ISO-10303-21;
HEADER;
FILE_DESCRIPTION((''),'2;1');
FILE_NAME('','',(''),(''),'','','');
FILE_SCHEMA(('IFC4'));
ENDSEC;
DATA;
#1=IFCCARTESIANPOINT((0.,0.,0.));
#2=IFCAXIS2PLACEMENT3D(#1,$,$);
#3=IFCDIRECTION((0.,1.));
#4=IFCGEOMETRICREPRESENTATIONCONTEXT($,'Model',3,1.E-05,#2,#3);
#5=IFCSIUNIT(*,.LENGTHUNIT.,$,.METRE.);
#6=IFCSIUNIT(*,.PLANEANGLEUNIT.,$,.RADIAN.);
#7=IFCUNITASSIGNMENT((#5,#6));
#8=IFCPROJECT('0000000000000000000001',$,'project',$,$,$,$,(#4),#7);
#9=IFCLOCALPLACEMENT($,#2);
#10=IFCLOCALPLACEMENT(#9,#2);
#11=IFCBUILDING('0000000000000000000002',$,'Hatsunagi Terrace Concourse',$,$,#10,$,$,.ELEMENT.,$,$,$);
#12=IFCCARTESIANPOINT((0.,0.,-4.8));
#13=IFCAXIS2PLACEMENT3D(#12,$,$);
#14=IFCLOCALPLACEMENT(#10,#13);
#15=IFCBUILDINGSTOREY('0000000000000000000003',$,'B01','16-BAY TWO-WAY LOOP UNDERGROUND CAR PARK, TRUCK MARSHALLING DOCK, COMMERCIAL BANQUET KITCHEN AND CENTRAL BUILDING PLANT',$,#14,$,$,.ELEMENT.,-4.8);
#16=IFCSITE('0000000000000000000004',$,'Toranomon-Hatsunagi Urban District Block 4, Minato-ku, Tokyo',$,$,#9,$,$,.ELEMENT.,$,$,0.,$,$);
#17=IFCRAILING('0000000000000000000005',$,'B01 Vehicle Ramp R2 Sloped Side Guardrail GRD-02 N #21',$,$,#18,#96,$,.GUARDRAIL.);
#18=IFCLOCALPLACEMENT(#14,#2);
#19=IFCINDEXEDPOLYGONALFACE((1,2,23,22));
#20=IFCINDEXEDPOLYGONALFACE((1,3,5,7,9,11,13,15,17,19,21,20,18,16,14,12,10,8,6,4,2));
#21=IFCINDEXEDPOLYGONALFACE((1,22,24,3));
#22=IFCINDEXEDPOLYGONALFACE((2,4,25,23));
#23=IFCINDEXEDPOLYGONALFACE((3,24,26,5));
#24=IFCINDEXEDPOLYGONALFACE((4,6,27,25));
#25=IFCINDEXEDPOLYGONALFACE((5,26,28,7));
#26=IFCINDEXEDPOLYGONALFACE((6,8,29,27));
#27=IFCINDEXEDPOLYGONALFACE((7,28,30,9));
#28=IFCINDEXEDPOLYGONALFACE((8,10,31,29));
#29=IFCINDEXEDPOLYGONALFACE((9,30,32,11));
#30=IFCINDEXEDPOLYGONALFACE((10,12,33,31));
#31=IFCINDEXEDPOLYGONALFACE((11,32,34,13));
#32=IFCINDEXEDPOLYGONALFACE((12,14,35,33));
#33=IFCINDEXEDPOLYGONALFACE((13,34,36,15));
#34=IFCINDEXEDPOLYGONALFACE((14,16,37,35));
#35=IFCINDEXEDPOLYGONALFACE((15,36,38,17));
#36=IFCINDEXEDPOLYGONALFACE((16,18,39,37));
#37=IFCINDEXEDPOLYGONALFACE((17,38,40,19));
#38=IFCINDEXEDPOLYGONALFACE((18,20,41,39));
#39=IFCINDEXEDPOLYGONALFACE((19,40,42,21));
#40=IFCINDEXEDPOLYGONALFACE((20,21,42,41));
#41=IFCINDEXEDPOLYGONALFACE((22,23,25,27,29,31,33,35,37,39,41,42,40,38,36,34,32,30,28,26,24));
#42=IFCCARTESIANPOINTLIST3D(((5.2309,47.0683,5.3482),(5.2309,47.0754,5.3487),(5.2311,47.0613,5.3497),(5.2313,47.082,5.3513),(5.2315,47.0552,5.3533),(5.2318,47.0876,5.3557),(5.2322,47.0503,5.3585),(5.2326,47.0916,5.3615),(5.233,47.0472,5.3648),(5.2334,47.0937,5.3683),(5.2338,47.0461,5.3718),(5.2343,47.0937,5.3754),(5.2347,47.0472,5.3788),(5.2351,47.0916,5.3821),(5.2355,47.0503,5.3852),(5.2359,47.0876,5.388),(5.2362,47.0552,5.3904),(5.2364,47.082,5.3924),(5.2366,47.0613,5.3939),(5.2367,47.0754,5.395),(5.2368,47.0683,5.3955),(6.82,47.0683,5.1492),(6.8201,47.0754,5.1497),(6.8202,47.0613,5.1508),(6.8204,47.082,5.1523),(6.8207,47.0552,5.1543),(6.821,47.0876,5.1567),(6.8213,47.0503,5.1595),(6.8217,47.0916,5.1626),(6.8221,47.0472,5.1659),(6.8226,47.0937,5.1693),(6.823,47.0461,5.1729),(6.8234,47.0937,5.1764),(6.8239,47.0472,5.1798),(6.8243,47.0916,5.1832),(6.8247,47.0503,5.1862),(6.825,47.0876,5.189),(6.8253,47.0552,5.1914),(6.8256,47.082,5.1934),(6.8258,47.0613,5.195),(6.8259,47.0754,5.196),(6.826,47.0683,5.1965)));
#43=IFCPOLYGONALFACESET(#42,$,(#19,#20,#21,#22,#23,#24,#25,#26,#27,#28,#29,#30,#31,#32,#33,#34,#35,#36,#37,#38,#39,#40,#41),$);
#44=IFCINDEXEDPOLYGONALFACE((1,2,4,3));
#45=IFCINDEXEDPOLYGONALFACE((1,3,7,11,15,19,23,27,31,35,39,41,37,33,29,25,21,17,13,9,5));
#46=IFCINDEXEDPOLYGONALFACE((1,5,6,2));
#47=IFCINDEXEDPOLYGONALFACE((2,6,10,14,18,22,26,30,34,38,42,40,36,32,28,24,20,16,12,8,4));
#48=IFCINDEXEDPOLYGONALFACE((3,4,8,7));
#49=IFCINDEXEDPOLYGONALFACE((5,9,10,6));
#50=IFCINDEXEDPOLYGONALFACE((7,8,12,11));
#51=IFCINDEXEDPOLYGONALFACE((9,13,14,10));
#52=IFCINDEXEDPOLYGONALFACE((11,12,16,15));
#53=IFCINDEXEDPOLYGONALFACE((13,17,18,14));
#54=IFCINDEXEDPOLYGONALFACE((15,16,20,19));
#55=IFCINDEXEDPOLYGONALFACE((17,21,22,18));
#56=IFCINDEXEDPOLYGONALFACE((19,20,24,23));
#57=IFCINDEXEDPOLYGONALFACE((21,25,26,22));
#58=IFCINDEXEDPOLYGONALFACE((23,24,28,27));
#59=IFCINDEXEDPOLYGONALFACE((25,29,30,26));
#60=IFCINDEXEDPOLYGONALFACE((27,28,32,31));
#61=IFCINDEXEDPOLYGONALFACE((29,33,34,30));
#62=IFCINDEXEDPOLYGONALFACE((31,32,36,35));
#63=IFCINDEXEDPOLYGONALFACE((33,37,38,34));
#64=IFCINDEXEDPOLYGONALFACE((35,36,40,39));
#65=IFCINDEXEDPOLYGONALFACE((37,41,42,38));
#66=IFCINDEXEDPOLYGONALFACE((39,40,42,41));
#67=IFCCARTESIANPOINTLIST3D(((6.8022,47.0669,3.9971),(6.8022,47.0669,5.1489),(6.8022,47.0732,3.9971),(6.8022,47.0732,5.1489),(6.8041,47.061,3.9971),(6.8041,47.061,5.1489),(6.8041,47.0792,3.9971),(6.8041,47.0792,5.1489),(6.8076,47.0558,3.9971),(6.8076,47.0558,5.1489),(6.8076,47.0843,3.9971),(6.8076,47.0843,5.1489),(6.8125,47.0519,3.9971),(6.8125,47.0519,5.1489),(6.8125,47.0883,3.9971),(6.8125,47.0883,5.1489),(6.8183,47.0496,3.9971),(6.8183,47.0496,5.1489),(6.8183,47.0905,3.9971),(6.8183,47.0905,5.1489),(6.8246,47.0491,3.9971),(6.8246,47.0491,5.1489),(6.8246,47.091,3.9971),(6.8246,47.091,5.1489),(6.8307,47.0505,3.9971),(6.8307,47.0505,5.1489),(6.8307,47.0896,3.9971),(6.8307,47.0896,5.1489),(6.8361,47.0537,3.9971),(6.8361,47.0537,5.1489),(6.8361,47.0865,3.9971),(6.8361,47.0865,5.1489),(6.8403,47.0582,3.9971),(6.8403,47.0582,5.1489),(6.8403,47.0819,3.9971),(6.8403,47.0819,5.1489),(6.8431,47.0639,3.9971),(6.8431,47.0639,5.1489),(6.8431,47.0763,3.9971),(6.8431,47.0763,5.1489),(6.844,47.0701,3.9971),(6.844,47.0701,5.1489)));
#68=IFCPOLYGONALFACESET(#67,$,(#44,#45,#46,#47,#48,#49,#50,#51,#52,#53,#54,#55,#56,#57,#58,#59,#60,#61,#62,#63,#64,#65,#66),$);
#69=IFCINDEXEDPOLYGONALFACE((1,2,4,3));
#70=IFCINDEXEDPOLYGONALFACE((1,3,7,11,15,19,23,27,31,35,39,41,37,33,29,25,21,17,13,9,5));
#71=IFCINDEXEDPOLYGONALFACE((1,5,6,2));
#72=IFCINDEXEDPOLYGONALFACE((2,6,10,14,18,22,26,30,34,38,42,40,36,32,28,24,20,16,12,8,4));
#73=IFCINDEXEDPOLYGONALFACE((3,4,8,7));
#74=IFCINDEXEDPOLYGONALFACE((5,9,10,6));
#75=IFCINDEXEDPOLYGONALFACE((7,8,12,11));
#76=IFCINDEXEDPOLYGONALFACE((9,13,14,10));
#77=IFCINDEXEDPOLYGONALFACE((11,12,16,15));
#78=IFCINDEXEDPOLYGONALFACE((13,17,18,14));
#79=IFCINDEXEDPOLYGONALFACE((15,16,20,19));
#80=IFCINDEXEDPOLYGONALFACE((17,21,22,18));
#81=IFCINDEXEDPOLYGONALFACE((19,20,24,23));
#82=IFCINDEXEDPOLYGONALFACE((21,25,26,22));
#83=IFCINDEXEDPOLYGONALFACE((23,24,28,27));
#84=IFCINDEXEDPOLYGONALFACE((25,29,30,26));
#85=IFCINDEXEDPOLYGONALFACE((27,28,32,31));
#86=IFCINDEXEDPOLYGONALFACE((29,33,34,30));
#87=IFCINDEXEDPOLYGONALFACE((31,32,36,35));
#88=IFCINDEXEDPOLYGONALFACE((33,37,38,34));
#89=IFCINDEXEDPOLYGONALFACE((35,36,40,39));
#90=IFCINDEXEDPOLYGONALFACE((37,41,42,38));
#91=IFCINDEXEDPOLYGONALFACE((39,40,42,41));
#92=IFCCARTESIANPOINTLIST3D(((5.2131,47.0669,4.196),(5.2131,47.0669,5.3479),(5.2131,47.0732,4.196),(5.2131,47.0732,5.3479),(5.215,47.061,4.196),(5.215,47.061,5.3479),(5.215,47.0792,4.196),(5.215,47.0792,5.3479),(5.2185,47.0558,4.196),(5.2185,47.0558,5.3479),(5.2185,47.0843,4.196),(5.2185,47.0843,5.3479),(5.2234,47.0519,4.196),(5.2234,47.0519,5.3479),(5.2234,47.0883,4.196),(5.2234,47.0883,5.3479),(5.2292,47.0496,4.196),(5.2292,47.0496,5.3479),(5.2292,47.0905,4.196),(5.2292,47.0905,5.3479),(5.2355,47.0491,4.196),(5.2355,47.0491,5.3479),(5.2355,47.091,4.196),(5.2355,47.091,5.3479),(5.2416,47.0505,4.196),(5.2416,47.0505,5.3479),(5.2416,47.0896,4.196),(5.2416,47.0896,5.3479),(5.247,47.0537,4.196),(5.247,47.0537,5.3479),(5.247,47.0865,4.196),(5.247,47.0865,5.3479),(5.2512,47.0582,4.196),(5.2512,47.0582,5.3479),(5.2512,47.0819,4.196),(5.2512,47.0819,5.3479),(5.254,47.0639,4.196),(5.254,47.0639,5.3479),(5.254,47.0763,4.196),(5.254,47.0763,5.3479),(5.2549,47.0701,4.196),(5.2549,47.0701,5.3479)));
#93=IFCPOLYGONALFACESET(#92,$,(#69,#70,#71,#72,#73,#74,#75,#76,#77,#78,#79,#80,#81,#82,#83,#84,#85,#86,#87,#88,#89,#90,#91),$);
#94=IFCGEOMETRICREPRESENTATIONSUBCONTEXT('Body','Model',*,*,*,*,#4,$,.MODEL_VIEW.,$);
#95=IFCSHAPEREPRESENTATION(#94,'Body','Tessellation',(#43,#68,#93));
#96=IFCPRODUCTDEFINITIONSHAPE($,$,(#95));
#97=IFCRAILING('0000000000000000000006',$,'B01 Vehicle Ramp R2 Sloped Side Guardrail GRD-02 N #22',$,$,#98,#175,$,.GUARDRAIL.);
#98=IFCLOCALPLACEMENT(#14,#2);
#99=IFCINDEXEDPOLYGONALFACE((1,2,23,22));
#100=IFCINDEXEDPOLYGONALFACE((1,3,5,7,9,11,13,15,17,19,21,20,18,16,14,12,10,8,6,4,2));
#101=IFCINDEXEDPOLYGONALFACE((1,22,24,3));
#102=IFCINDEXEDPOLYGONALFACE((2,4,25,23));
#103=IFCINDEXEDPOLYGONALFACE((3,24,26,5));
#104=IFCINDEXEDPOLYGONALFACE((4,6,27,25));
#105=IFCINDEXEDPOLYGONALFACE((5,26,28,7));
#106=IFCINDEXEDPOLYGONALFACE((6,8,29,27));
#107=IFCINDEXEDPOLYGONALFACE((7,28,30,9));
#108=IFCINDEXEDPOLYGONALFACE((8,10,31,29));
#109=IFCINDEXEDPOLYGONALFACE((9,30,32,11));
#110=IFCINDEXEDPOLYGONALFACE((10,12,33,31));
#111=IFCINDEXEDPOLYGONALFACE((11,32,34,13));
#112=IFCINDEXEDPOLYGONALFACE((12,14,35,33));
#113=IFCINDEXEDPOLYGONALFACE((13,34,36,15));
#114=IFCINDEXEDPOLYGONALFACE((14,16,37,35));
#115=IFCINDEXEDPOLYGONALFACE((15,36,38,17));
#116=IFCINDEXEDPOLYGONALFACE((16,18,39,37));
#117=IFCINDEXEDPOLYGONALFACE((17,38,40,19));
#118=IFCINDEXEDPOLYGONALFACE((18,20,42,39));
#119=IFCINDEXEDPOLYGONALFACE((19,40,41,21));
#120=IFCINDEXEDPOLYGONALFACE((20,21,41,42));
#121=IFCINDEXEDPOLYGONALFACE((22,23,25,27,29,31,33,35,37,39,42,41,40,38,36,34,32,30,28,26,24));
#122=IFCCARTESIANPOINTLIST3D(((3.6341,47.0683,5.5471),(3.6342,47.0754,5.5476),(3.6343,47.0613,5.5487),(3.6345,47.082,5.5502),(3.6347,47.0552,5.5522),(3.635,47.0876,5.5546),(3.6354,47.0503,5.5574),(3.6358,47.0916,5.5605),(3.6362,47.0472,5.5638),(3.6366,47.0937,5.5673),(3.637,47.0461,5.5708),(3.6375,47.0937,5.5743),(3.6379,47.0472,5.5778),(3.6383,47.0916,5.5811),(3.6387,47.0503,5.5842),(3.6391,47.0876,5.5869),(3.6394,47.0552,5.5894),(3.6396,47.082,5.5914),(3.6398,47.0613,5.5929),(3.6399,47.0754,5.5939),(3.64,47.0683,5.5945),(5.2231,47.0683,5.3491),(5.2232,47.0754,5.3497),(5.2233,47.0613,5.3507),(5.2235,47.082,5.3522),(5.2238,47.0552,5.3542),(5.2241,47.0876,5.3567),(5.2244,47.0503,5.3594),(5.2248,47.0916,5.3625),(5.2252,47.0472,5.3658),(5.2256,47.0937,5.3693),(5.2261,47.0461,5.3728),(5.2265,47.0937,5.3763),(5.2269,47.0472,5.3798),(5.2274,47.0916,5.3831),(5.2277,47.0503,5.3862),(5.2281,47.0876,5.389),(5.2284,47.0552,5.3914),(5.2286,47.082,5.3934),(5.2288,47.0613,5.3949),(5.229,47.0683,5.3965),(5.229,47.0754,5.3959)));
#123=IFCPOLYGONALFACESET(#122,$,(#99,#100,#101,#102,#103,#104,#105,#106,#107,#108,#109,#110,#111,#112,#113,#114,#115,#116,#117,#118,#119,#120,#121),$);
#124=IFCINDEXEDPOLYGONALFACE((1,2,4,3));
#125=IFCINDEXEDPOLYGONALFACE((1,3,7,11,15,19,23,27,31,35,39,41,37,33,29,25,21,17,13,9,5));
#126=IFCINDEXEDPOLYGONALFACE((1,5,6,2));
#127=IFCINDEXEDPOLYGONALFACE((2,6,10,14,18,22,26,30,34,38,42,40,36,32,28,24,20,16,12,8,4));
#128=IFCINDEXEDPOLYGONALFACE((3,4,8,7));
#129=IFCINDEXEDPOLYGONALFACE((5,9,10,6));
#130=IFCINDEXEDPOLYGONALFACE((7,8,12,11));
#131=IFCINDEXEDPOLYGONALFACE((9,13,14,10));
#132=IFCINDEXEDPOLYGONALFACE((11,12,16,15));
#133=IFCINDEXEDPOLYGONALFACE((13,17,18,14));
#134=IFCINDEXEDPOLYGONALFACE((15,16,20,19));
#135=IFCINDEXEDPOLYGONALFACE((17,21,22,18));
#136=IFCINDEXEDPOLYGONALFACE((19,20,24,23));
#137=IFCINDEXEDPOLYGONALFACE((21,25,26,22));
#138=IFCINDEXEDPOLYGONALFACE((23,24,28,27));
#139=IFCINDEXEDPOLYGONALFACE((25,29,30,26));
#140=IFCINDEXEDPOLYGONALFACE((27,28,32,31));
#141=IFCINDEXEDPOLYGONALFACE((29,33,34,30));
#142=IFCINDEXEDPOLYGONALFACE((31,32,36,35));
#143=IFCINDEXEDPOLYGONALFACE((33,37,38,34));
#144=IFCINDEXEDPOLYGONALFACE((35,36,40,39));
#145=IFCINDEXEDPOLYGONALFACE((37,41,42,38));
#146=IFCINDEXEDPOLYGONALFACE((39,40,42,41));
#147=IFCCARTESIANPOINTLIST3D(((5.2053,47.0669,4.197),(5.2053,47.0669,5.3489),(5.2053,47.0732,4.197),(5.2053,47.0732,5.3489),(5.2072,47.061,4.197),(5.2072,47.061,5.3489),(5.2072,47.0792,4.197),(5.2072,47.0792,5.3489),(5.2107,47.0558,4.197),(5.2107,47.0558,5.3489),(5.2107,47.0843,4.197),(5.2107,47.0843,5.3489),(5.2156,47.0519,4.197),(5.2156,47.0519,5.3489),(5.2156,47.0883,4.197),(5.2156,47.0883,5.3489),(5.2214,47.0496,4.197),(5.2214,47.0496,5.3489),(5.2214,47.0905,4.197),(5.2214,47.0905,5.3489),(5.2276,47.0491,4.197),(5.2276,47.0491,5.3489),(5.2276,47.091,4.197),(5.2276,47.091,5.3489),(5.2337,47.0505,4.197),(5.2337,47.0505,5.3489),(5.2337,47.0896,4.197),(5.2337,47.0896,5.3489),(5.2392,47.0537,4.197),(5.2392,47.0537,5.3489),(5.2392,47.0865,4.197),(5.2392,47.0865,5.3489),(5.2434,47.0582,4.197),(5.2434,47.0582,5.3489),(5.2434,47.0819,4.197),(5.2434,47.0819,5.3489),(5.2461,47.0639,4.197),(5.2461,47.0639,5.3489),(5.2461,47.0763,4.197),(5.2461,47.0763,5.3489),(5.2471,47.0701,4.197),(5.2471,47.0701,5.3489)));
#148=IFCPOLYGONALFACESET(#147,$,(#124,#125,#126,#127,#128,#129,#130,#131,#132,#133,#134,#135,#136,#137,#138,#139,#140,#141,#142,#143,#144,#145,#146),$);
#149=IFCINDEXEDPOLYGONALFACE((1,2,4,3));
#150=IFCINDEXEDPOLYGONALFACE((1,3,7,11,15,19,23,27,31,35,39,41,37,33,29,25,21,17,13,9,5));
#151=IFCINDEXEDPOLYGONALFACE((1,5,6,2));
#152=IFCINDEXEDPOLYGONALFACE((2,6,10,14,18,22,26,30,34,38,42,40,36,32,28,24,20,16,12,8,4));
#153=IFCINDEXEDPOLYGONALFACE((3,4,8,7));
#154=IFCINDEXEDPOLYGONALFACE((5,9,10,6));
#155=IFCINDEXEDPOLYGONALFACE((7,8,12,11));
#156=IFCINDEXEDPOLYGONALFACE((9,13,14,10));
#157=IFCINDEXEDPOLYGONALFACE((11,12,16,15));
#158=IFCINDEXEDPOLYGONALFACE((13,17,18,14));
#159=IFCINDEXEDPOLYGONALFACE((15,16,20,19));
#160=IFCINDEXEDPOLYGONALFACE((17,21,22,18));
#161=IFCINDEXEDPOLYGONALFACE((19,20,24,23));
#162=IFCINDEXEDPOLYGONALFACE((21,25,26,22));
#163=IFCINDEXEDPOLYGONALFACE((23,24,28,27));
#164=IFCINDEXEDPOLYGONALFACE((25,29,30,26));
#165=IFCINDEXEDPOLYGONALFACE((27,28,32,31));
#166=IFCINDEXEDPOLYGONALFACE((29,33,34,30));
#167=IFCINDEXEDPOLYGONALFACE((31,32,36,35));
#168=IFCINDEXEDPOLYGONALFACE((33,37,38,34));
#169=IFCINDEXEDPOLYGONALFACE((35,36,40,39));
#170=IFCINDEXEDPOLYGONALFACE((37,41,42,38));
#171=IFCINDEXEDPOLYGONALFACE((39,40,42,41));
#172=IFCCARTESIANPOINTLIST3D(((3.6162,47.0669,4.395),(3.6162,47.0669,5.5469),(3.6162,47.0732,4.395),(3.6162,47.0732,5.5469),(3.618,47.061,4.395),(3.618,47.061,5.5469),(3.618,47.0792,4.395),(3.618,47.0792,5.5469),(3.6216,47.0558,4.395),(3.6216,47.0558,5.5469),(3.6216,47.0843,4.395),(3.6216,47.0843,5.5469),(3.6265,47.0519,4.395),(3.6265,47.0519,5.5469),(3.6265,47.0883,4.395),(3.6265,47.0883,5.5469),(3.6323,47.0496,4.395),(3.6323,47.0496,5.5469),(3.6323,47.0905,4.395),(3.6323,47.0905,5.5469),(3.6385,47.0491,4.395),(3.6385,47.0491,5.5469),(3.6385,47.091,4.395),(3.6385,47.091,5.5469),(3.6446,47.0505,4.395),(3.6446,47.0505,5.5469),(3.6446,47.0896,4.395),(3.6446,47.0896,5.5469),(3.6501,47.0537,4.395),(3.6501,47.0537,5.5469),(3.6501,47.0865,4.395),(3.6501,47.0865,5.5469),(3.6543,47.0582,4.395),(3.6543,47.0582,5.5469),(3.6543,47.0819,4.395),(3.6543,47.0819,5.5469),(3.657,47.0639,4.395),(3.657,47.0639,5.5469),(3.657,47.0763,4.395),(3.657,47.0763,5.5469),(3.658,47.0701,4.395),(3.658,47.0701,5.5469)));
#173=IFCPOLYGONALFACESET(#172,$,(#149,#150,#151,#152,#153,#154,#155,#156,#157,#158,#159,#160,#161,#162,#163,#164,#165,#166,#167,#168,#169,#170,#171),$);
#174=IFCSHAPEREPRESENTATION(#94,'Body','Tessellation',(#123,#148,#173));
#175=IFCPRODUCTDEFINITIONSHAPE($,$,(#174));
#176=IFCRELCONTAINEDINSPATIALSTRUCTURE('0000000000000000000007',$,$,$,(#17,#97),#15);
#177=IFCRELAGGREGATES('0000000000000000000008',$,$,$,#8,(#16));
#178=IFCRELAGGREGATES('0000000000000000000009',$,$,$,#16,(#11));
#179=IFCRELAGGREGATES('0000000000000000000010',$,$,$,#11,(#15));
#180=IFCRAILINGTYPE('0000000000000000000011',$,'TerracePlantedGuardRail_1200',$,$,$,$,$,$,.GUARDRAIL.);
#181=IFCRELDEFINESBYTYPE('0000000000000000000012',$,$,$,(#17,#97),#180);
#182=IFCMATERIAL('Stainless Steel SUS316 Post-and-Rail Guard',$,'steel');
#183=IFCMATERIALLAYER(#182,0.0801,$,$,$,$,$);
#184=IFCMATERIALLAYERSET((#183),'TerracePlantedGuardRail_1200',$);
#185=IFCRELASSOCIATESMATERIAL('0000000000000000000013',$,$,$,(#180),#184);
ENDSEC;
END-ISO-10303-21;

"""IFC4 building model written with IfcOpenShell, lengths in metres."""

from ifc_helpers import new_model, si_unit, direction, frame, origin, origin_2d, place, context, subcontext, project, spatial, circle, extrude, material, layer, layer_set, type_object, element, save


model = new_model("IFC4")

# Units and contexts
model_context = context("Model", 3, precision=1e-05, world=origin(), true_north=direction((0.0, 1.0)))
body_context = subcontext(model_context, "Body", "Model", "MODEL_VIEW")
ifc_project = project(units=[si_unit("LENGTHUNIT", "METRE"), si_unit("PLANEANGLEUNIT", "RADIAN")], contexts=[model_context])

# Site, building, storey
site_placement = place(None, origin())
site = spatial("IfcSite", under=ifc_project, at=site_placement, Name="Toranomon-Hatsunagi Urban District Block 4, Minato-ku, Tokyo", CompositionType="ELEMENT", RefElevation=0.0)
building_placement = place(site_placement, origin())
building = spatial("IfcBuilding", under=site, at=building_placement, Name="Hatsunagi Terrace Concourse", CompositionType="ELEMENT")
storey_placement = place(building_placement, frame((0.0, 0.0, -4.8)))
storey = spatial("IfcBuildingStorey", under=building, at=storey_placement, Name="B01", Description="16-BAY TWO-WAY LOOP UNDERGROUND CAR PARK, TRUCK MARSHALLING DOCK, COMMERCIAL BANQUET KITCHEN AND CENTRAL BUILDING PLANT", CompositionType="ELEMENT", Elevation=-4.8)

# Railings
ifc_material_1 = material(Name="Stainless Steel SUS316 Post-and-Rail Guard", Category="steel")
ifc_layer_1 = layer(ifc_material_1, 0.0801)
ifc_layer_set_1 = layer_set([ifc_layer_1], Name="TerracePlantedGuardRail_1200")
railing_type = type_object("IfcRailingType", Name="TerracePlantedGuardRail_1200", PredefinedType="GUARDRAIL", material=ifc_layer_set_1)
railing_1_placement = place(storey_placement, frame((6.823, 47.0701, 3.9971)))
element("IfcRailing", 1, at=railing_1_placement, inside=storey, type_object=railing_type, Name="B01 Vehicle Ramp R2 Sloped Side Guardrail GRD-02 N #21", PredefinedType="GUARDRAIL", context=body_context, shape_type="SweptSolid", body=[
    extrude(circle(Radius=0.0239, at=origin_2d()), frame((0.0, 0.0, 1.1758), z_axis=(-0.992252, 0.0, 0.124241), x_axis=(0.0, -1.0, 0.0)), (0.0, 0.0, 1.0), 1.6016),
    extrude(circle(Radius=0.021, at=origin_2d()), origin(), (0.0, 0.0, 1.0), 1.1519),
    extrude(circle(Radius=0.021, at=origin_2d()), frame((-1.5891, 0.0, 0.199)), (0.0, 0.0, 1.0), 1.1519),
])
railing_2_placement = place(storey_placement, frame((5.2261, 47.0701, 4.197)))
element("IfcRailing", 2, at=railing_2_placement, inside=storey, type_object=railing_type, Name="B01 Vehicle Ramp R2 Sloped Side Guardrail GRD-02 N #22", PredefinedType="GUARDRAIL", context=body_context, shape_type="SweptSolid", body=[
    extrude(circle(Radius=0.0239, at=origin_2d()), frame((0.0, 0.0, 1.1758), z_axis=(-0.992327, 0.0, 0.123641), x_axis=(0.0, -1.0, 0.0)), (0.0, 0.0, 1.0), 1.6013),
    extrude(circle(Radius=0.021, at=origin_2d()), origin(), (0.0, 0.0, 1.0), 1.1519),
    extrude(circle(Radius=0.021, at=origin_2d()), frame((-1.5891, 0.0, 0.198)), (0.0, 0.0, 1.0), 1.1519),
])

save(model, "model.ifc")
